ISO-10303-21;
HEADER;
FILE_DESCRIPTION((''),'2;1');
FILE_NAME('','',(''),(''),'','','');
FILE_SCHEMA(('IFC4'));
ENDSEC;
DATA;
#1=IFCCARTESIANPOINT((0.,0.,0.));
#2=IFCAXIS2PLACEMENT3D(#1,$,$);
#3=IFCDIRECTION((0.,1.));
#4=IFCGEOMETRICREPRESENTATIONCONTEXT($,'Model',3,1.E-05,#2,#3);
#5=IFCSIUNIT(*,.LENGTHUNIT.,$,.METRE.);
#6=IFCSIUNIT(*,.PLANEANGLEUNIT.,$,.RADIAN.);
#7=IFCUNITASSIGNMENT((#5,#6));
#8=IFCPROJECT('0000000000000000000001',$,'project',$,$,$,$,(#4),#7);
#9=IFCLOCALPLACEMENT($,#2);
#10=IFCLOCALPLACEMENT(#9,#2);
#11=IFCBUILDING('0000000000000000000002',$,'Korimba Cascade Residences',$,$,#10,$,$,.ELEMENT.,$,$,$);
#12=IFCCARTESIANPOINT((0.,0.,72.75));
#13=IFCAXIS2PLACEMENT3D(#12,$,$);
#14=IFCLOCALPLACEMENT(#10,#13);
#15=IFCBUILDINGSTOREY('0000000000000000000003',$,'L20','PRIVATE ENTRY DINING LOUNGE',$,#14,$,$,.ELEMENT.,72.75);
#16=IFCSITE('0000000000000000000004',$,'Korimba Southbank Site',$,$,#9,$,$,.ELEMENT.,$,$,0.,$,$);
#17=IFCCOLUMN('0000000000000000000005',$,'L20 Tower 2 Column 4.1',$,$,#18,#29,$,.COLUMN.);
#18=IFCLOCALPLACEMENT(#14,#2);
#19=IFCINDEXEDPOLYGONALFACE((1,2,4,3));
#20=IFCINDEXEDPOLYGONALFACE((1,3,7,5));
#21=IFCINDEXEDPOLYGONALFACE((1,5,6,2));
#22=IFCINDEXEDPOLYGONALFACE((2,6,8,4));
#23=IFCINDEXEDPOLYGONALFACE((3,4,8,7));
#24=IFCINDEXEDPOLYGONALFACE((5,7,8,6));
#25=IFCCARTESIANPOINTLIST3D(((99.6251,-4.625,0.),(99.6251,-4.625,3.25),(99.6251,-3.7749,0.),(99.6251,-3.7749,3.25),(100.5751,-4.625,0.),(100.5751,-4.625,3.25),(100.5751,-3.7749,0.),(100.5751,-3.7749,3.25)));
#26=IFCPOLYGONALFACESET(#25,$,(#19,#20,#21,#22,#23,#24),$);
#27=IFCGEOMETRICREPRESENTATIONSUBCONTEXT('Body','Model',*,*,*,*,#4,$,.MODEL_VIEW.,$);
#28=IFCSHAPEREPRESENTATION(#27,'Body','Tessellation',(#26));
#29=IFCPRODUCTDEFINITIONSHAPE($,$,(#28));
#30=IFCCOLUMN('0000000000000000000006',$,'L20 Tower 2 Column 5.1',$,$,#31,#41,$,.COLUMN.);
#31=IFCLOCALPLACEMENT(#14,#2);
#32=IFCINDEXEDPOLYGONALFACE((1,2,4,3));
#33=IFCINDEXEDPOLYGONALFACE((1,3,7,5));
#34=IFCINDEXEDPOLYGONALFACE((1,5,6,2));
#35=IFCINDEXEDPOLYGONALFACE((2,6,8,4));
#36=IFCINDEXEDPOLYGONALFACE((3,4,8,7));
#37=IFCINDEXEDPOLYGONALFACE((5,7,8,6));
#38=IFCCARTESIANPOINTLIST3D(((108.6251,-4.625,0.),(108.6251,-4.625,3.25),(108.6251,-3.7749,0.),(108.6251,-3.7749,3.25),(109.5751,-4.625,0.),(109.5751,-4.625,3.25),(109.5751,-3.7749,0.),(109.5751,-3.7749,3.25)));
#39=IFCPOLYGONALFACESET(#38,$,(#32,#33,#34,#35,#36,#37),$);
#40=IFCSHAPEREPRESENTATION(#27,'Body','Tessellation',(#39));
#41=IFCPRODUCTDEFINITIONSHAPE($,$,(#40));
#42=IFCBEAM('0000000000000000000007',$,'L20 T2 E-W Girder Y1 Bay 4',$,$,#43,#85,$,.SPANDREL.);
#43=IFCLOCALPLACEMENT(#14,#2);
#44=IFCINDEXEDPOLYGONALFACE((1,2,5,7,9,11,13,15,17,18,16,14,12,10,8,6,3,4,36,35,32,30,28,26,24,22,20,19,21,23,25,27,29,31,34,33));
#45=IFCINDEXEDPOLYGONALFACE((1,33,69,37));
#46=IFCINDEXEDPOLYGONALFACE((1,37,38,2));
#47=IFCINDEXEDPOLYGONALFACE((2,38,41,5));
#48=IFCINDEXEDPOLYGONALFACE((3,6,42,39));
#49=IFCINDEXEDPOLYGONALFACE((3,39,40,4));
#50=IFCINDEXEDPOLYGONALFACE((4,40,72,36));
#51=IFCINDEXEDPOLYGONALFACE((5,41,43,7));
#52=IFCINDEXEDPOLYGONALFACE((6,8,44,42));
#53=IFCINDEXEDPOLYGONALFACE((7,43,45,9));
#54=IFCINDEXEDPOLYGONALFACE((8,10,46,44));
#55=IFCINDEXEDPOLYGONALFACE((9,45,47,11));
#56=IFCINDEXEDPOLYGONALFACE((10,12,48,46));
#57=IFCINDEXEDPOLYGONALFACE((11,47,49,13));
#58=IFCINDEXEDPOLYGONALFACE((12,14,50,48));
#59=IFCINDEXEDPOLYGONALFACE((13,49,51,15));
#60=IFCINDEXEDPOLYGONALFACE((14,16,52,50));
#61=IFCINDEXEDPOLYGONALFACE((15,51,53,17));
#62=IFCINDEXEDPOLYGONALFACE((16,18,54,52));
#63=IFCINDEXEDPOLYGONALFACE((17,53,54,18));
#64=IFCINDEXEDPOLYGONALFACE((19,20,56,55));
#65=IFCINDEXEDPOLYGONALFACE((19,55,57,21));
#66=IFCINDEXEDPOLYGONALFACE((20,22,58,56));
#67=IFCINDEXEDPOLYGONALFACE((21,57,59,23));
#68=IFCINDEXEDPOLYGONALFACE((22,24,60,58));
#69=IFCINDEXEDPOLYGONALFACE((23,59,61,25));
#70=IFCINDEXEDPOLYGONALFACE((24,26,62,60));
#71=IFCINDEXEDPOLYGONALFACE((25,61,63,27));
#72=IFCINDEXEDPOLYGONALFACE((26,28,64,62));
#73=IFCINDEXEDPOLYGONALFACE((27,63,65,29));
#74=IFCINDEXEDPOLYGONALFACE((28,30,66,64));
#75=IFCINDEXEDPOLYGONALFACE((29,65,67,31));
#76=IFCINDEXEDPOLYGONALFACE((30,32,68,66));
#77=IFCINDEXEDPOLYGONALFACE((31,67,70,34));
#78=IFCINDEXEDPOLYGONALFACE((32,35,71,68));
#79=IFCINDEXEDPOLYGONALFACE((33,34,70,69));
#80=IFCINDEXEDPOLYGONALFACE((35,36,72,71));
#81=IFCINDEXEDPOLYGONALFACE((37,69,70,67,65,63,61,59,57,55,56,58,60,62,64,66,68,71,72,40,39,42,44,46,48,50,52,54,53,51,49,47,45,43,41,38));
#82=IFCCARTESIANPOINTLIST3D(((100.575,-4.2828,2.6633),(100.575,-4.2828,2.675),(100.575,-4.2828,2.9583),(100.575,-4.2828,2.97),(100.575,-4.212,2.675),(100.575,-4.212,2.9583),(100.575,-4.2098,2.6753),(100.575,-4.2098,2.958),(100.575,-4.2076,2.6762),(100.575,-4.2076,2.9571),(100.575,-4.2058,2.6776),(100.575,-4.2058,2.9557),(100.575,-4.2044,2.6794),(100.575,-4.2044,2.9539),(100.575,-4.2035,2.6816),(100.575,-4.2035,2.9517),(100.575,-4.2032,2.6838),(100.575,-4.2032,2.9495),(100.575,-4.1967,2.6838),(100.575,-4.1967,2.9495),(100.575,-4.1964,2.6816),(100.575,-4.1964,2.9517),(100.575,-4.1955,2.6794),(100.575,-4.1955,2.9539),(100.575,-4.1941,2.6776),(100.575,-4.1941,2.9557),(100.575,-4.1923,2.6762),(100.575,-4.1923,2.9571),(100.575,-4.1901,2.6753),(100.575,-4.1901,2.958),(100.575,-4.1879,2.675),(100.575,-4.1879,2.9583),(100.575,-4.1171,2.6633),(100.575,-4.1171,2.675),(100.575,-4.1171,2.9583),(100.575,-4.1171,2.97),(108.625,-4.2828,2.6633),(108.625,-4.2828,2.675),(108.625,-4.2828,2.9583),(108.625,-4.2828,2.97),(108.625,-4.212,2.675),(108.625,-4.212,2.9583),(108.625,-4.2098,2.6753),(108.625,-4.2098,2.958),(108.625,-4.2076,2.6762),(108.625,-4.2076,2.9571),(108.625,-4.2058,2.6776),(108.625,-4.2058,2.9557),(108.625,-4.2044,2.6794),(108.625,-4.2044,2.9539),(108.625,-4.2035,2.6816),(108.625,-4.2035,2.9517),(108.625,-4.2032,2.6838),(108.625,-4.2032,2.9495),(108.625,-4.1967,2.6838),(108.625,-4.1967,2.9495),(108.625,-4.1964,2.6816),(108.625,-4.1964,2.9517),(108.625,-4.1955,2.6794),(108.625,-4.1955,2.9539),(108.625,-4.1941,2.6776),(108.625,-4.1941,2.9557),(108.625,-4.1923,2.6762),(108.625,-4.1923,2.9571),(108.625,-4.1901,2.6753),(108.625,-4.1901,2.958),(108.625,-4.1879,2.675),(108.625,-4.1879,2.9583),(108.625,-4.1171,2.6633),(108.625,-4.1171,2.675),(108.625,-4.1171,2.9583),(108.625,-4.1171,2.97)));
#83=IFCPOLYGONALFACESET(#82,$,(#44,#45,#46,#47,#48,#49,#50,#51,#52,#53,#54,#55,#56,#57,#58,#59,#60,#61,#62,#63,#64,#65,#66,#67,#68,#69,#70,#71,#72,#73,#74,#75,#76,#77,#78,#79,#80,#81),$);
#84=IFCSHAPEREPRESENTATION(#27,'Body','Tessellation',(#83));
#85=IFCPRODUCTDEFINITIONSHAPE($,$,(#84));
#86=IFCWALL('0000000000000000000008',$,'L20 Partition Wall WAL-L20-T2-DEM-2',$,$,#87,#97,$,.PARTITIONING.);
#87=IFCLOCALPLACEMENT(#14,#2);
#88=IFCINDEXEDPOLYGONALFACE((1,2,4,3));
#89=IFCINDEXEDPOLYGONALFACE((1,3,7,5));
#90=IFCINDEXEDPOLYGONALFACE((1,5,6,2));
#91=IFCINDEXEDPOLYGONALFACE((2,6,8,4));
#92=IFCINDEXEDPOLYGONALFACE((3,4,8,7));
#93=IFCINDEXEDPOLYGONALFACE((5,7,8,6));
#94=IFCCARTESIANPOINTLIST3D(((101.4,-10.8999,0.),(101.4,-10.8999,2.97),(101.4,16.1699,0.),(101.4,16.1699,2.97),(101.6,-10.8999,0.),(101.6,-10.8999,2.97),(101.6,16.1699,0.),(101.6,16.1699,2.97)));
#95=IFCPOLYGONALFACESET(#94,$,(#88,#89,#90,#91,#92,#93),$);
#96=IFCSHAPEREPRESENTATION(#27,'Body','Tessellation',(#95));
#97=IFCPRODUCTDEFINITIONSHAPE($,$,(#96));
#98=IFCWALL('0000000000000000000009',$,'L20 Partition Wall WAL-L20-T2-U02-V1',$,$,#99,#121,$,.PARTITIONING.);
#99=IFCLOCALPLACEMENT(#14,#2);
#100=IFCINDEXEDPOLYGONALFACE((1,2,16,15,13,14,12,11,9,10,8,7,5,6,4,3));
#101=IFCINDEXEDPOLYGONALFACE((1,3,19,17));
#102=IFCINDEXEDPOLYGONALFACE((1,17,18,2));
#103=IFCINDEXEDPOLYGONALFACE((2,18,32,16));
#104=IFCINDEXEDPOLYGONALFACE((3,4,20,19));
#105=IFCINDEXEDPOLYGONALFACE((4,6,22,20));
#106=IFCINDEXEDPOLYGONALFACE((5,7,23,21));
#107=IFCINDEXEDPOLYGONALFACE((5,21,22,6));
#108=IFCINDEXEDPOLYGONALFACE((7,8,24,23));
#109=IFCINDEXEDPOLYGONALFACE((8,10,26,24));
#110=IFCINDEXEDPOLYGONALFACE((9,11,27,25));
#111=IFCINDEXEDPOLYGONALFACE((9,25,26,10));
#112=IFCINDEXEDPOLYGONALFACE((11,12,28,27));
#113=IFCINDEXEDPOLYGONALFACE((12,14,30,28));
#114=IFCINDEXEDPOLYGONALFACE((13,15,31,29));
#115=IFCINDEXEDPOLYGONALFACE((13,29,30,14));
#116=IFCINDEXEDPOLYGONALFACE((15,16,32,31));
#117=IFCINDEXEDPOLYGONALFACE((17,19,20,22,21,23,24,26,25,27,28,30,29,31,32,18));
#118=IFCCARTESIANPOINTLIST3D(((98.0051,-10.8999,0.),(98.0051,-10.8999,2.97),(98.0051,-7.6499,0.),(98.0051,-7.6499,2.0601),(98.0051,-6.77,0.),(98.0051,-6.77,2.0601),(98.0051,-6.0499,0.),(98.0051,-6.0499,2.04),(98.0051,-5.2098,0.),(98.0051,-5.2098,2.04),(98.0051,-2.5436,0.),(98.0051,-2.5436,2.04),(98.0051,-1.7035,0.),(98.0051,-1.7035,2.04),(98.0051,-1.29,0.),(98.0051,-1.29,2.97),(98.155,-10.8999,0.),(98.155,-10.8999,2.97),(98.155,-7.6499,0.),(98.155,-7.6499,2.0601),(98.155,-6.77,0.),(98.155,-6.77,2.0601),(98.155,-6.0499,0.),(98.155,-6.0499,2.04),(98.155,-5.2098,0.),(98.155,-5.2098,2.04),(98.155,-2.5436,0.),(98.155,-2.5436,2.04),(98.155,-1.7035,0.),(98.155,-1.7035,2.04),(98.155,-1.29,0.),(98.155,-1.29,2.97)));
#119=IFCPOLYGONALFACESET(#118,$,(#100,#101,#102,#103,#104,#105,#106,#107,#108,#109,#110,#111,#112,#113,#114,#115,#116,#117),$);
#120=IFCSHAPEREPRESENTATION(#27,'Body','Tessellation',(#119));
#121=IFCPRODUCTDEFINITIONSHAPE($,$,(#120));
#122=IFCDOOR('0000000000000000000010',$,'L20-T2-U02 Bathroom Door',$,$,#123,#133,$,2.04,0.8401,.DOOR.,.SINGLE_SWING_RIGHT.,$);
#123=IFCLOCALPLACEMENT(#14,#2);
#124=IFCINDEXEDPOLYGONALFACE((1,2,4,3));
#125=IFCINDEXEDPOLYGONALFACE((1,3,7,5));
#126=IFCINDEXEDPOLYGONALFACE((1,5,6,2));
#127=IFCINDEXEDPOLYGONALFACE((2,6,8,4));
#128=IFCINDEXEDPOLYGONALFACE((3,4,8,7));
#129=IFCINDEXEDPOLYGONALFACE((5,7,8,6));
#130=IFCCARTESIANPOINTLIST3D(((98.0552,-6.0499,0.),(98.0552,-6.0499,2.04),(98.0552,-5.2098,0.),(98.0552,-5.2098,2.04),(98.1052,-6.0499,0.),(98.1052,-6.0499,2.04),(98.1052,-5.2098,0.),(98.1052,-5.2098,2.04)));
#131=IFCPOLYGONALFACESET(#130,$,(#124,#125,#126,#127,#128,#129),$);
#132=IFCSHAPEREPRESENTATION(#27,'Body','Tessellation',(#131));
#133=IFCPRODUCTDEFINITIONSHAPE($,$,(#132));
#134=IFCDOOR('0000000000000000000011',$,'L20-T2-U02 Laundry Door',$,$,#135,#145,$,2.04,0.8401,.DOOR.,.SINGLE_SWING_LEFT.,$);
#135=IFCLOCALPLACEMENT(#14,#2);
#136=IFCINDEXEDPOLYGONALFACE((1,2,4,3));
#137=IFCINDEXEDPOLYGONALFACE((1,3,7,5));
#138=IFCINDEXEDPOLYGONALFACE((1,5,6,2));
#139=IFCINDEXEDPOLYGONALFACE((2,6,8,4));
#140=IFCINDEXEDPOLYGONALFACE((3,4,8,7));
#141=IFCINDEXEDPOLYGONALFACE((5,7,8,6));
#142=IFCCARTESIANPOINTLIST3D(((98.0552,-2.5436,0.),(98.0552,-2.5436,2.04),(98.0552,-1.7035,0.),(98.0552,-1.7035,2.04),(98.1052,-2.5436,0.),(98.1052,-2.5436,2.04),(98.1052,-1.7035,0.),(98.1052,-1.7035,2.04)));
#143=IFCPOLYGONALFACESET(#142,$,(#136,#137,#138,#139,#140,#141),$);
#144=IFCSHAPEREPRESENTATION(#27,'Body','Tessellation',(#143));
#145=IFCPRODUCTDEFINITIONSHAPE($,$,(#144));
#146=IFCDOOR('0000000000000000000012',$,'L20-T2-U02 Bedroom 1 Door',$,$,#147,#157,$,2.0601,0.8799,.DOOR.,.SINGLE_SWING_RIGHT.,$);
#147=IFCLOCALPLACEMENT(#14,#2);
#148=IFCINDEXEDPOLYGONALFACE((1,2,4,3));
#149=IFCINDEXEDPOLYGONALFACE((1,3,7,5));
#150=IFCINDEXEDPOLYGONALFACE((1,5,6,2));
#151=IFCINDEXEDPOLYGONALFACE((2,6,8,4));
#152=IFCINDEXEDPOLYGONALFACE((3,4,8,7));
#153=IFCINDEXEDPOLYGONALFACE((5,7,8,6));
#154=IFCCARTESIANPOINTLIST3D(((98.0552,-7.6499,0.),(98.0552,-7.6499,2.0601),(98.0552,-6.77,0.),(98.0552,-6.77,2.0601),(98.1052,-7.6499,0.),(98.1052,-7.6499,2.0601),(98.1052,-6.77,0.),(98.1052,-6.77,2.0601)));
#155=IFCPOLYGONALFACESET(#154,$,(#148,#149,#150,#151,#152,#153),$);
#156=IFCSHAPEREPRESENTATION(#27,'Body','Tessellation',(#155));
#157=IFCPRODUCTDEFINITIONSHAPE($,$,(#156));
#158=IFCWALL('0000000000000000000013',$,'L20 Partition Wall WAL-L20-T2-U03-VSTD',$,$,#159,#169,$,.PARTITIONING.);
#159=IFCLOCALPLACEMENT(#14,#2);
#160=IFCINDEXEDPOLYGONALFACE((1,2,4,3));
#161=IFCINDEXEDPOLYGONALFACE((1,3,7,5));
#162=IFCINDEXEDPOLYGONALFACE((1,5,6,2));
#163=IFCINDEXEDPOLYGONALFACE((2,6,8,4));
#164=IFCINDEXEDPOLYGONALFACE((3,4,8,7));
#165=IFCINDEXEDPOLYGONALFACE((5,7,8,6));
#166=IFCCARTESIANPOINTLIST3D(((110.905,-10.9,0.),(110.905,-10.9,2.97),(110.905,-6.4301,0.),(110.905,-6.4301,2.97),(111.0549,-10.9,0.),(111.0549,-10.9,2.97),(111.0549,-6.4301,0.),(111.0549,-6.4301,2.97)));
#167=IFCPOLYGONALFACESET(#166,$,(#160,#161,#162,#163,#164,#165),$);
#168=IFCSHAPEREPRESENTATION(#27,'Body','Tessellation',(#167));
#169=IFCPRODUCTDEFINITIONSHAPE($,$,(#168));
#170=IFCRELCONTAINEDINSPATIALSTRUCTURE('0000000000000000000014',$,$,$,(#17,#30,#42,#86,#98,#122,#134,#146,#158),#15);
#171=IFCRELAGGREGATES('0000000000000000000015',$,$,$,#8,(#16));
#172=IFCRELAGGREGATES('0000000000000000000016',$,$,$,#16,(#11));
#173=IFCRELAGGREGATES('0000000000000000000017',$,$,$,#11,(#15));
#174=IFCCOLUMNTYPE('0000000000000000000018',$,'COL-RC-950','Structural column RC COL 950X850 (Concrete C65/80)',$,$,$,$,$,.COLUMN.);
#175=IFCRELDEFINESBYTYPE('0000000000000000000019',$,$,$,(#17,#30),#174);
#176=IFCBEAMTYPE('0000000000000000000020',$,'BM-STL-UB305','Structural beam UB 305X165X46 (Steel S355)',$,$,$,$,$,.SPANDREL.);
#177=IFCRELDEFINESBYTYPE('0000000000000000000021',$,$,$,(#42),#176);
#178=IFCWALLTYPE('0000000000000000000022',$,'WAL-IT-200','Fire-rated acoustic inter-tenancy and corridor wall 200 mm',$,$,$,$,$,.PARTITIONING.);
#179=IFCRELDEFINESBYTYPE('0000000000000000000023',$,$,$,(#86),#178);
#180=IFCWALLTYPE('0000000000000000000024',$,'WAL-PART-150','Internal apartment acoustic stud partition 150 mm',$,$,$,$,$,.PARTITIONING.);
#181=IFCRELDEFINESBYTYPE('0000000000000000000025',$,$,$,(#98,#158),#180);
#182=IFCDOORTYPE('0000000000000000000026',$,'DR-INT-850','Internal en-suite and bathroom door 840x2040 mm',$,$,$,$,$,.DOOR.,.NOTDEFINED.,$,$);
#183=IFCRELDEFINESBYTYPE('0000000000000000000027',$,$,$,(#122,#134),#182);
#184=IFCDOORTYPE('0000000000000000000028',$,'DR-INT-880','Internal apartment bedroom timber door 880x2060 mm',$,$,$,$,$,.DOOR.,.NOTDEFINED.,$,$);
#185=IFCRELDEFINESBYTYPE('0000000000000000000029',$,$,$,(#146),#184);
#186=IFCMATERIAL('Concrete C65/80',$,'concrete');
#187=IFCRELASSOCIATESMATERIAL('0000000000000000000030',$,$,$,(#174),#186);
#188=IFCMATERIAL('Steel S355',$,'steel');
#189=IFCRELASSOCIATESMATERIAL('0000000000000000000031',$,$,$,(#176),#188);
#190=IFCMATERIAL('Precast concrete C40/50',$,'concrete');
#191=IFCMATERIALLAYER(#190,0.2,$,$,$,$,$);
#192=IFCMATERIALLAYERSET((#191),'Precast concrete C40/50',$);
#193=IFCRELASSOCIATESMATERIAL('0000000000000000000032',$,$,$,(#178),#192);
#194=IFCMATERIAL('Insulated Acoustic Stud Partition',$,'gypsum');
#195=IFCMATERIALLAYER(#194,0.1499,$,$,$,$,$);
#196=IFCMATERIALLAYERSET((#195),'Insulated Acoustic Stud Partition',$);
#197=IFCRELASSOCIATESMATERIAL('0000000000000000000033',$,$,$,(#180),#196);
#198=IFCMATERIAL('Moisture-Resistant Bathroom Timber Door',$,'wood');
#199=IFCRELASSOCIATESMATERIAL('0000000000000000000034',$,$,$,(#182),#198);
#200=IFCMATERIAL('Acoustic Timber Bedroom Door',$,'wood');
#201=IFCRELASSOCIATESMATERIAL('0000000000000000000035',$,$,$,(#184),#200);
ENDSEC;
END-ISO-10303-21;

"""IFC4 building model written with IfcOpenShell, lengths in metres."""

from ifc_helpers import new_model, si_unit, direction, frame, frame_2d, origin, origin_2d, place, context, subcontext, project, spatial, rectangle, i_section, extrude, material, layer, layer_set, material_profile, profile_set, type_object, element, fill, save


model = new_model("IFC4")

# Units and contexts
model_context = context("Model", 3, precision=1e-05, world=origin(), true_north=direction((0.0, 1.0)))
body_context = subcontext(model_context, "Body", "Model", "MODEL_VIEW")
ifc_project = project(units=[si_unit("LENGTHUNIT", "METRE"), si_unit("PLANEANGLEUNIT", "RADIAN")], contexts=[model_context])

# Site, building, storey
site_placement = place(None, origin())
site = spatial("IfcSite", under=ifc_project, at=site_placement, Name="Korimba Southbank Site", CompositionType="ELEMENT", RefElevation=0.0)
building_placement = place(site_placement, origin())
building = spatial("IfcBuilding", under=site, at=building_placement, Name="Korimba Cascade Residences", CompositionType="ELEMENT")
storey_placement = place(building_placement, frame((0.0, 0.0, 72.75)))
storey = spatial("IfcBuildingStorey", under=building, at=storey_placement, Name="L20", Description="PRIVATE ENTRY DINING LOUNGE", CompositionType="ELEMENT", Elevation=72.75)

# Columns
ifc_material_1 = material(Name="Concrete C65/80", Category="concrete")
ifc_material_profile_1 = material_profile(ifc_material_1, rectangle(XDim=0.95, YDim=0.8501, at=origin_2d()), Name="Concrete C65/80")
ifc_profile_set_1 = profile_set([ifc_material_profile_1], Name="Concrete C65/80")
column_type = type_object("IfcColumnType", Name="COL-RC-950", Description="Structural column RC COL 950X850 (Concrete C65/80)", PredefinedType="COLUMN", material=ifc_profile_set_1)
for number, where, z_axis, x_axis, name in (
    (1, (100.1001, -4.2, 0.0), (0.0, 0.0, 1.0), (1.0, 0.0, 0.0), "L20 Tower 2 Column 4.1"),
    (2, (109.1001, -4.2, 0.0), (0.0, 0.0, 1.0), (1.0, 0.0, 0.0), "L20 Tower 2 Column 5.1"),
):
    element("IfcColumn", number, at=place(storey_placement, frame(where, z_axis=z_axis, x_axis=x_axis)), inside=storey, type_object=column_type, Name=name, PredefinedType="COLUMN", context=body_context, shape_type="SweptSolid", body=[
        extrude(rectangle(XDim=0.95, YDim=0.8501, at=origin_2d()), origin(), (0.0, 0.0, 1.0), 3.25),
    ])

# Beam
ifc_material_2 = material(Name="Steel S355", Category="steel")
ifc_material_profile_2 = material_profile(ifc_material_2, i_section(OverallWidth=0.1658, OverallDepth=0.3066, WebThickness=0.0066, FlangeThickness=0.0117, FilletRadius=0.0088, at=origin_2d()), Name="Steel S355")
ifc_profile_set_2 = profile_set([ifc_material_profile_2], Name="Steel S355")
beam_type = type_object("IfcBeamType", Name="BM-STL-UB305", Description="Structural beam UB 305X165X46 (Steel S355)", PredefinedType="SPANDREL", material=ifc_profile_set_2)
beam_placement = place(storey_placement, frame((100.575, -4.2, 2.8167), z_axis=(1.0, 0.0, 0.0), x_axis=(0.0, 1.0, 0.0)))
element("IfcBeam", 3, at=beam_placement, inside=storey, type_object=beam_type, Name="L20 T2 E-W Girder Y1 Bay 4", PredefinedType="SPANDREL", context=body_context, shape_type="SweptSolid", body=[
    extrude(i_section(OverallWidth=0.1658, OverallDepth=0.3066, WebThickness=0.0066, FlangeThickness=0.0117, FilletRadius=0.0088, at=origin_2d()), origin(), (0.0, 0.0, 1.0), 8.05),
])

# Wall
ifc_material_3 = material(Name="Precast concrete C40/50", Category="concrete")
ifc_layer_1 = layer(ifc_material_3, 0.2)
ifc_layer_set_1 = layer_set([ifc_layer_1], Name="Precast concrete C40/50")
wall_type_1 = type_object("IfcWallType", Name="WAL-IT-200", Description="Fire-rated acoustic inter-tenancy and corridor wall 200 mm", PredefinedType="PARTITIONING", material=ifc_layer_set_1)
wall_1_placement = place(storey_placement, frame((101.5, -10.8999, 0.0), z_axis=(0.0, 0.0, 1.0), x_axis=(0.0, 1.0, 0.0)))
element("IfcWall", 4, at=wall_1_placement, inside=storey, type_object=wall_type_1, Name="L20 Partition Wall WAL-L20-T2-DEM-2", PredefinedType="PARTITIONING", context=body_context, shape_type="SweptSolid", body=[
    extrude(rectangle(XDim=27.0698, YDim=0.2, at=frame_2d((13.5349, 0.0))), origin(), (0.0, 0.0, 1.0), 2.97),
])

# Wall, openings, doors
ifc_material_4 = material(Name="Insulated Acoustic Stud Partition", Category="gypsum")
ifc_layer_2 = layer(ifc_material_4, 0.1499)
ifc_layer_set_2 = layer_set([ifc_layer_2], Name="Insulated Acoustic Stud Partition")
wall_type_2 = type_object("IfcWallType", Name="WAL-PART-150", Description="Internal apartment acoustic stud partition 150 mm", PredefinedType="PARTITIONING", material=ifc_layer_set_2)
wall_2_placement = place(storey_placement, frame((98.0801, -10.8999, 0.0), z_axis=(0.0, 0.0, 1.0), x_axis=(0.0, 1.0, 0.0)))
wall_2 = element("IfcWall", 5, at=wall_2_placement, inside=storey, type_object=wall_type_2, Name="L20 Partition Wall WAL-L20-T2-U02-V1", PredefinedType="PARTITIONING", context=body_context, shape_type="SweptSolid", body=[
    extrude(rectangle(XDim=9.6099, YDim=0.1499, at=frame_2d((4.8049, 0.0))), origin(), (0.0, 0.0, 1.0), 2.97),
])
opening_1_placement = place(wall_2_placement, frame((4.8501, 0.0, 0.0)))
opening_1 = element("IfcOpeningElement", 6, at=opening_1_placement, cuts=wall_2, PredefinedType="OPENING", context=body_context, shape_type="SweptSolid", body=[
    extrude(rectangle(XDim=0.8401, YDim=2.04, at=frame_2d((0.4199, 1.02))), frame((0.0, 0.085, 0.0), z_axis=(0.0, -1.0, 0.0), x_axis=(1.0, 0.0, 0.0)), (0.0, 0.0, 1.0), 0.1699),
])
opening_2_placement = place(wall_2_placement, frame((8.3564, 0.0, 0.0)))
opening_2 = element("IfcOpeningElement", 7, at=opening_2_placement, cuts=wall_2, PredefinedType="OPENING", context=body_context, shape_type="SweptSolid", body=[
    extrude(rectangle(XDim=0.8401, YDim=2.04, at=frame_2d((0.4199, 1.02))), frame((0.0, 0.085, 0.0), z_axis=(0.0, -1.0, 0.0), x_axis=(1.0, 0.0, 0.0)), (0.0, 0.0, 1.0), 0.1699),
])
opening_3_placement = place(wall_2_placement, frame((3.25, 0.0, 0.0)))
opening_3 = element("IfcOpeningElement", 8, at=opening_3_placement, cuts=wall_2, PredefinedType="OPENING", context=body_context, shape_type="SweptSolid", body=[
    extrude(rectangle(XDim=0.8799, YDim=2.0601, at=frame_2d((0.4399, 1.03))), frame((0.0, 0.085, 0.0), z_axis=(0.0, -1.0, 0.0), x_axis=(1.0, 0.0, 0.0)), (0.0, 0.0, 1.0), 0.1699),
])
ifc_material_5 = material(Name="Moisture-Resistant Bathroom Timber Door", Category="wood")
door_type_1 = type_object("IfcDoorType", Name="DR-INT-850", Description="Internal en-suite and bathroom door 840x2040 mm", OperationType="NOTDEFINED", PredefinedType="DOOR", material=ifc_material_5)
door_1_placement = place(opening_1_placement, origin())
door_1 = element("IfcDoor", 9, at=door_1_placement, inside=storey, type_object=door_type_1, Name="L20-T2-U02 Bathroom Door", OperationType="SINGLE_SWING_RIGHT", OverallHeight=2.04, OverallWidth=0.8401, PredefinedType="DOOR", context=body_context, shape_type="SweptSolid", body=[
    extrude(rectangle(XDim=0.8401, YDim=2.04, at=frame_2d((0.4199, 1.02))), frame((0.0, 0.0249, 0.0), z_axis=(0.0, -1.0, 0.0), x_axis=(1.0, 0.0, 0.0)), (0.0, 0.0, 1.0), 0.05),
])
fill(opening_1, door_1)
door_2_placement = place(opening_2_placement, origin())
door_2 = element("IfcDoor", 10, at=door_2_placement, inside=storey, type_object=door_type_1, Name="L20-T2-U02 Laundry Door", OperationType="SINGLE_SWING_LEFT", OverallHeight=2.04, OverallWidth=0.8401, PredefinedType="DOOR", context=body_context, shape_type="SweptSolid", body=[
    extrude(rectangle(XDim=0.8401, YDim=2.04, at=frame_2d((0.4199, 1.02))), frame((0.0, 0.0249, 0.0), z_axis=(0.0, -1.0, 0.0), x_axis=(1.0, 0.0, 0.0)), (0.0, 0.0, 1.0), 0.05),
])
fill(opening_2, door_2)
ifc_material_6 = material(Name="Acoustic Timber Bedroom Door", Category="wood")
door_type_2 = type_object("IfcDoorType", Name="DR-INT-880", Description="Internal apartment bedroom timber door 880x2060 mm", OperationType="NOTDEFINED", PredefinedType="DOOR", material=ifc_material_6)
door_3_placement = place(opening_3_placement, origin())
door_3 = element("IfcDoor", 11, at=door_3_placement, inside=storey, type_object=door_type_2, Name="L20-T2-U02 Bedroom 1 Door", OperationType="SINGLE_SWING_RIGHT", OverallHeight=2.0601, OverallWidth=0.8799, PredefinedType="DOOR", context=body_context, shape_type="SweptSolid", body=[
    extrude(rectangle(XDim=0.8799, YDim=2.0601, at=frame_2d((0.4399, 1.03))), frame((0.0, 0.0249, 0.0), z_axis=(0.0, -1.0, 0.0), x_axis=(1.0, 0.0, 0.0)), (0.0, 0.0, 1.0), 0.05),
])
fill(opening_3, door_3)

# Wall
wall_3_placement = place(storey_placement, frame((110.98, -10.8999, 0.0), z_axis=(0.0, 0.0, 1.0), x_axis=(0.0, 1.0, 0.0)))
element("IfcWall", 12, at=wall_3_placement, inside=storey, type_object=wall_type_2, Name="L20 Partition Wall WAL-L20-T2-U03-VSTD", PredefinedType="PARTITIONING", context=body_context, shape_type="SweptSolid", body=[
    extrude(rectangle(XDim=4.47, YDim=0.1499, at=frame_2d((2.2349, 0.0))), origin(), (0.0, 0.0, 1.0), 2.97),
])

save(model, "model.ifc")
